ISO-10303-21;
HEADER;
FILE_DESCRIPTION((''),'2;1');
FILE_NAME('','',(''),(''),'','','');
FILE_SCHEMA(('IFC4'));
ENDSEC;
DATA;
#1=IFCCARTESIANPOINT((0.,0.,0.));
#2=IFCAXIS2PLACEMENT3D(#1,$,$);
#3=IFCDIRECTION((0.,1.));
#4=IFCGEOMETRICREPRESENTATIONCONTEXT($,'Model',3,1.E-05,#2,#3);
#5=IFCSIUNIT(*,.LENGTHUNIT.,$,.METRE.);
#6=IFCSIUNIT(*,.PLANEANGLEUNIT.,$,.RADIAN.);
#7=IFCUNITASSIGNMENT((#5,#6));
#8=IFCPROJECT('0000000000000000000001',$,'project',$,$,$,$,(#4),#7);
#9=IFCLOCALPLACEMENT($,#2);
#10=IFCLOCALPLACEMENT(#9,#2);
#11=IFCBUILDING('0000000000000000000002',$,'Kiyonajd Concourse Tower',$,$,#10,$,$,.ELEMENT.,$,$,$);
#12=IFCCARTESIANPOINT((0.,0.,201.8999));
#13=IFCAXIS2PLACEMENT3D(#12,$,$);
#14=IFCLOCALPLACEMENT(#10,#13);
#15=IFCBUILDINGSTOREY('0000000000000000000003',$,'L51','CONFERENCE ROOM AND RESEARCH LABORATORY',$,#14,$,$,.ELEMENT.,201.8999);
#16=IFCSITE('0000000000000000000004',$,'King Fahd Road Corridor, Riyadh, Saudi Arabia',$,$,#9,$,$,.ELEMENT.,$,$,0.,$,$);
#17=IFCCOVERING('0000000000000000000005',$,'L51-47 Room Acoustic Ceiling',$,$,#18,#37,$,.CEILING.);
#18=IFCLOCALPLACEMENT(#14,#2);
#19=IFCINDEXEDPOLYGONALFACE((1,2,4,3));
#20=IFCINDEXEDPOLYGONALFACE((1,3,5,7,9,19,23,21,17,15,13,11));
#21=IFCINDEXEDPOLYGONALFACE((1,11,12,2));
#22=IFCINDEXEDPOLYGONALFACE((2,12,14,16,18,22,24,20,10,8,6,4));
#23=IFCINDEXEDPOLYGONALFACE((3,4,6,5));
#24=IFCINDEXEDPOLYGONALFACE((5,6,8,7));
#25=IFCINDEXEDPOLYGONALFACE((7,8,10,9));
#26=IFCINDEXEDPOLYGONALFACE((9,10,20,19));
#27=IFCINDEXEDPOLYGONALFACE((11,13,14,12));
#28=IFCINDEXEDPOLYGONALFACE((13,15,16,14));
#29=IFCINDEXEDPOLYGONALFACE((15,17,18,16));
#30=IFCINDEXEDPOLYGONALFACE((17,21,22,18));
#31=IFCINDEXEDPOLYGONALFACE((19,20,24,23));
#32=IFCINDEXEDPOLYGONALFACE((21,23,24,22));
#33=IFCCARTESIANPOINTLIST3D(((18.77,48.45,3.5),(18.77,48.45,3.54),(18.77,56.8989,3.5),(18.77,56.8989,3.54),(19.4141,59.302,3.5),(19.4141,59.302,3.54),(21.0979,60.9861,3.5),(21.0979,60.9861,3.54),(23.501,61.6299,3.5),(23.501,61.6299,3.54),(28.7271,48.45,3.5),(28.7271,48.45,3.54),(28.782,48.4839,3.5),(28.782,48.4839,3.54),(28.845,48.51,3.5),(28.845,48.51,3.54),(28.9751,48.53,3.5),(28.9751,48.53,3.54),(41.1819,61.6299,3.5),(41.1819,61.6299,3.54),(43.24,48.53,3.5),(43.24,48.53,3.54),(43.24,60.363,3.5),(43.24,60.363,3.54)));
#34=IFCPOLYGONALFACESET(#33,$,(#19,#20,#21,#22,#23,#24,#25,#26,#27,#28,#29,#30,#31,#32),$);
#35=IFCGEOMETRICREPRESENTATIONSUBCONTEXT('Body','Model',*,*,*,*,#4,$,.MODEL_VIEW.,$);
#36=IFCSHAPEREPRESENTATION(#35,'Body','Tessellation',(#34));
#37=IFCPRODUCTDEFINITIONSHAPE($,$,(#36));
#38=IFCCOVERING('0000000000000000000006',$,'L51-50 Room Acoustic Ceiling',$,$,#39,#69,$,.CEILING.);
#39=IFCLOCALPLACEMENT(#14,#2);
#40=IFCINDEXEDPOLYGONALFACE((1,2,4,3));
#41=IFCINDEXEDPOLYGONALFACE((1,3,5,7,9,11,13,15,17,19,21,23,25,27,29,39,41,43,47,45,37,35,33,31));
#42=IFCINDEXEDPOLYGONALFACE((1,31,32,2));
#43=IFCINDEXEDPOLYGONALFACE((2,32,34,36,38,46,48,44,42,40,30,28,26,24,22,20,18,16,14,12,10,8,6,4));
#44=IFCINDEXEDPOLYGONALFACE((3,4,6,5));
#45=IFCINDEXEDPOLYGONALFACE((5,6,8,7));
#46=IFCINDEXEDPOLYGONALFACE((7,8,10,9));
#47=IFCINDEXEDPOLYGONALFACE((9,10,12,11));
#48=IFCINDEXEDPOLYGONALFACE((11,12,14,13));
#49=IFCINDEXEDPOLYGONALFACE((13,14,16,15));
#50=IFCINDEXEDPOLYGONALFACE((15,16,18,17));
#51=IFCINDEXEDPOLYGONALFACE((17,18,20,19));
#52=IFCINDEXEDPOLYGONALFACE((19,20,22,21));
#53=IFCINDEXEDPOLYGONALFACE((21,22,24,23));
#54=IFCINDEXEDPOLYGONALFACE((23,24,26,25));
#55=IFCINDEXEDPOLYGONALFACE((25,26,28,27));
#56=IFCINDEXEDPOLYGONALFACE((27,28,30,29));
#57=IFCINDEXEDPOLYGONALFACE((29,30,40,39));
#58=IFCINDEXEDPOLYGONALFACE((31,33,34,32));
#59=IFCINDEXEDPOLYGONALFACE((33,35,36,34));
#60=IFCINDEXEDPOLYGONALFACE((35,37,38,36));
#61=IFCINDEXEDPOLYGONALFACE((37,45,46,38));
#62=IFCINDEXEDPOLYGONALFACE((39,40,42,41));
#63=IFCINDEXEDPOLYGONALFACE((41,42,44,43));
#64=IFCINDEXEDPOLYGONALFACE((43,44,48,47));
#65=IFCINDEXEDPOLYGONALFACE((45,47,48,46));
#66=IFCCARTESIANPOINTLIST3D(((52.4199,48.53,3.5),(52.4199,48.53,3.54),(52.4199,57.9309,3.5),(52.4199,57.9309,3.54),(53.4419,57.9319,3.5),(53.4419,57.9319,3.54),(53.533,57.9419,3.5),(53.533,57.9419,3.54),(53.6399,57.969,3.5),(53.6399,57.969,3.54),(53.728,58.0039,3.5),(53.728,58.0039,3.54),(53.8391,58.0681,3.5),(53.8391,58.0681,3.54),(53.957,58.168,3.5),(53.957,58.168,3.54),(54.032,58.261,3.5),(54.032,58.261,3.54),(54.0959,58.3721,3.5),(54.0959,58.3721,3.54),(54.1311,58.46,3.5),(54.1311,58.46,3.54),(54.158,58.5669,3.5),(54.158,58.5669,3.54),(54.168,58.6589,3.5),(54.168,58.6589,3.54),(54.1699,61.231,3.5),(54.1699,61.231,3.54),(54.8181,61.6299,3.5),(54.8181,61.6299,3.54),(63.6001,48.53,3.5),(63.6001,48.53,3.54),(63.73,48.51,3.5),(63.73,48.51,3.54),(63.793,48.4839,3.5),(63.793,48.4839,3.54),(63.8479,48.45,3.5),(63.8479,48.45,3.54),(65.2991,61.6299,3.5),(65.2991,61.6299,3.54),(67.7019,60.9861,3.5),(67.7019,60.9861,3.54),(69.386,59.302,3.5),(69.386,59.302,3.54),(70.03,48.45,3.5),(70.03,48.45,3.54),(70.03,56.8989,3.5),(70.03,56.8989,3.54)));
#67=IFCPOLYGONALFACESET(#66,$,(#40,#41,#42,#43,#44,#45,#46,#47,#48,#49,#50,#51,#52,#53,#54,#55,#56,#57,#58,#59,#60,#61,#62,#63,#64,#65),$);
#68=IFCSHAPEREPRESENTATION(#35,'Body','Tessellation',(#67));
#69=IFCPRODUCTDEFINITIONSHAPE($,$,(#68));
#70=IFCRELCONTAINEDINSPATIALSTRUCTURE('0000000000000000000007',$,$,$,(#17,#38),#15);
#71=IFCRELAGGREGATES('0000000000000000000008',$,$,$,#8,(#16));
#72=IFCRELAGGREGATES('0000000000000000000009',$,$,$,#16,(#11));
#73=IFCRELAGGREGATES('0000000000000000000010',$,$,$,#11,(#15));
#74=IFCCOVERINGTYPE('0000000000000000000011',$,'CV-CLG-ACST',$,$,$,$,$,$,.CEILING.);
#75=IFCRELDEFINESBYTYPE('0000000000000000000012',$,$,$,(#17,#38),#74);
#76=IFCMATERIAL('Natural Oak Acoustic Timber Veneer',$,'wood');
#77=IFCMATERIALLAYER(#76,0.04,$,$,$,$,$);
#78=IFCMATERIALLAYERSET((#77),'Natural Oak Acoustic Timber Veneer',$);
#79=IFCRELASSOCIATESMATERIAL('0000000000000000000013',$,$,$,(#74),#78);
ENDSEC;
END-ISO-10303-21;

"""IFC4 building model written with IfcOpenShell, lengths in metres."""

from ifc_helpers import new_model, si_unit, direction, frame, origin, place, context, subcontext, project, spatial, polyline, outline, extrude, material, layer, layer_set, type_object, element, save


model = new_model("IFC4")

# Units and contexts
model_context = context("Model", 3, precision=1e-05, world=origin(), true_north=direction((0.0, 1.0)))
body_context = subcontext(model_context, "Body", "Model", "MODEL_VIEW")
ifc_project = project(units=[si_unit("LENGTHUNIT", "METRE"), si_unit("PLANEANGLEUNIT", "RADIAN")], contexts=[model_context])

# Site, building, storey
site_placement = place(None, origin())
site = spatial("IfcSite", under=ifc_project, at=site_placement, Name="King Fahd Road Corridor, Riyadh, Saudi Arabia", CompositionType="ELEMENT", RefElevation=0.0)
building_placement = place(site_placement, origin())
building = spatial("IfcBuilding", under=site, at=building_placement, Name="Kiyonajd Concourse Tower", CompositionType="ELEMENT")
storey_placement = place(building_placement, frame((0.0, 0.0, 201.8999)))
storey = spatial("IfcBuildingStorey", under=building, at=storey_placement, Name="L51", Description="CONFERENCE ROOM AND RESEARCH LABORATORY", CompositionType="ELEMENT", Elevation=201.8999)

# Coverings
ifc_material_1 = material(Name="Natural Oak Acoustic Timber Veneer", Category="wood")
ifc_layer_1 = layer(ifc_material_1, 0.04)
ifc_layer_set_1 = layer_set([ifc_layer_1], Name="Natural Oak Acoustic Timber Veneer")
covering_type = type_object("IfcCoveringType", Name="CV-CLG-ACST", PredefinedType="CEILING", material=ifc_layer_set_1)
covering_1_placement = place(storey_placement, frame((0.0, 0.0, 3.5)))
element("IfcCovering", 1, at=covering_1_placement, inside=storey, type_object=covering_type, Name="L51-47 Room Acoustic Ceiling", PredefinedType="CEILING", context=body_context, shape_type="SweptSolid", body=[
    extrude(outline(polyline([(21.0979, 60.9861), (23.501, 61.6299), (41.1819, 61.6299), (43.24, 60.363), (43.24, 48.53), (28.9751, 48.53), (28.845, 48.51), (28.782, 48.4839), (28.7271, 48.45), (18.77, 48.45), (18.77, 56.8989), (19.4141, 59.302), (21.0979, 60.9861)])), origin(), (0.0, 0.0, 1.0), 0.04),
])
covering_2_placement = place(storey_placement, frame((0.0, 0.0, 3.5)))
element("IfcCovering", 2, at=covering_2_placement, inside=storey, type_object=covering_type, Name="L51-50 Room Acoustic Ceiling", PredefinedType="CEILING", context=body_context, shape_type="SweptSolid", body=[
    extrude(outline(polyline([(53.533, 57.9419), (53.6399, 57.969), (53.728, 58.0039), (53.8391, 58.0681), (53.957, 58.168), (54.032, 58.261), (54.0959, 58.3721), (54.1311, 58.46), (54.158, 58.5669), (54.168, 58.6589), (54.1699, 61.231), (54.8181, 61.6299), (65.2991, 61.6299), (67.7019, 60.9861), (69.386, 59.302), (70.03, 56.8989), (70.03, 48.45), (63.8479, 48.45), (63.793, 48.4839), (63.73, 48.51), (63.6001, 48.53), (52.4199, 48.53), (52.4199, 57.9309), (53.4419, 57.9319), (53.533, 57.9419)])), origin(), (0.0, 0.0, 1.0), 0.04),
])

save(model, "model.ifc")
